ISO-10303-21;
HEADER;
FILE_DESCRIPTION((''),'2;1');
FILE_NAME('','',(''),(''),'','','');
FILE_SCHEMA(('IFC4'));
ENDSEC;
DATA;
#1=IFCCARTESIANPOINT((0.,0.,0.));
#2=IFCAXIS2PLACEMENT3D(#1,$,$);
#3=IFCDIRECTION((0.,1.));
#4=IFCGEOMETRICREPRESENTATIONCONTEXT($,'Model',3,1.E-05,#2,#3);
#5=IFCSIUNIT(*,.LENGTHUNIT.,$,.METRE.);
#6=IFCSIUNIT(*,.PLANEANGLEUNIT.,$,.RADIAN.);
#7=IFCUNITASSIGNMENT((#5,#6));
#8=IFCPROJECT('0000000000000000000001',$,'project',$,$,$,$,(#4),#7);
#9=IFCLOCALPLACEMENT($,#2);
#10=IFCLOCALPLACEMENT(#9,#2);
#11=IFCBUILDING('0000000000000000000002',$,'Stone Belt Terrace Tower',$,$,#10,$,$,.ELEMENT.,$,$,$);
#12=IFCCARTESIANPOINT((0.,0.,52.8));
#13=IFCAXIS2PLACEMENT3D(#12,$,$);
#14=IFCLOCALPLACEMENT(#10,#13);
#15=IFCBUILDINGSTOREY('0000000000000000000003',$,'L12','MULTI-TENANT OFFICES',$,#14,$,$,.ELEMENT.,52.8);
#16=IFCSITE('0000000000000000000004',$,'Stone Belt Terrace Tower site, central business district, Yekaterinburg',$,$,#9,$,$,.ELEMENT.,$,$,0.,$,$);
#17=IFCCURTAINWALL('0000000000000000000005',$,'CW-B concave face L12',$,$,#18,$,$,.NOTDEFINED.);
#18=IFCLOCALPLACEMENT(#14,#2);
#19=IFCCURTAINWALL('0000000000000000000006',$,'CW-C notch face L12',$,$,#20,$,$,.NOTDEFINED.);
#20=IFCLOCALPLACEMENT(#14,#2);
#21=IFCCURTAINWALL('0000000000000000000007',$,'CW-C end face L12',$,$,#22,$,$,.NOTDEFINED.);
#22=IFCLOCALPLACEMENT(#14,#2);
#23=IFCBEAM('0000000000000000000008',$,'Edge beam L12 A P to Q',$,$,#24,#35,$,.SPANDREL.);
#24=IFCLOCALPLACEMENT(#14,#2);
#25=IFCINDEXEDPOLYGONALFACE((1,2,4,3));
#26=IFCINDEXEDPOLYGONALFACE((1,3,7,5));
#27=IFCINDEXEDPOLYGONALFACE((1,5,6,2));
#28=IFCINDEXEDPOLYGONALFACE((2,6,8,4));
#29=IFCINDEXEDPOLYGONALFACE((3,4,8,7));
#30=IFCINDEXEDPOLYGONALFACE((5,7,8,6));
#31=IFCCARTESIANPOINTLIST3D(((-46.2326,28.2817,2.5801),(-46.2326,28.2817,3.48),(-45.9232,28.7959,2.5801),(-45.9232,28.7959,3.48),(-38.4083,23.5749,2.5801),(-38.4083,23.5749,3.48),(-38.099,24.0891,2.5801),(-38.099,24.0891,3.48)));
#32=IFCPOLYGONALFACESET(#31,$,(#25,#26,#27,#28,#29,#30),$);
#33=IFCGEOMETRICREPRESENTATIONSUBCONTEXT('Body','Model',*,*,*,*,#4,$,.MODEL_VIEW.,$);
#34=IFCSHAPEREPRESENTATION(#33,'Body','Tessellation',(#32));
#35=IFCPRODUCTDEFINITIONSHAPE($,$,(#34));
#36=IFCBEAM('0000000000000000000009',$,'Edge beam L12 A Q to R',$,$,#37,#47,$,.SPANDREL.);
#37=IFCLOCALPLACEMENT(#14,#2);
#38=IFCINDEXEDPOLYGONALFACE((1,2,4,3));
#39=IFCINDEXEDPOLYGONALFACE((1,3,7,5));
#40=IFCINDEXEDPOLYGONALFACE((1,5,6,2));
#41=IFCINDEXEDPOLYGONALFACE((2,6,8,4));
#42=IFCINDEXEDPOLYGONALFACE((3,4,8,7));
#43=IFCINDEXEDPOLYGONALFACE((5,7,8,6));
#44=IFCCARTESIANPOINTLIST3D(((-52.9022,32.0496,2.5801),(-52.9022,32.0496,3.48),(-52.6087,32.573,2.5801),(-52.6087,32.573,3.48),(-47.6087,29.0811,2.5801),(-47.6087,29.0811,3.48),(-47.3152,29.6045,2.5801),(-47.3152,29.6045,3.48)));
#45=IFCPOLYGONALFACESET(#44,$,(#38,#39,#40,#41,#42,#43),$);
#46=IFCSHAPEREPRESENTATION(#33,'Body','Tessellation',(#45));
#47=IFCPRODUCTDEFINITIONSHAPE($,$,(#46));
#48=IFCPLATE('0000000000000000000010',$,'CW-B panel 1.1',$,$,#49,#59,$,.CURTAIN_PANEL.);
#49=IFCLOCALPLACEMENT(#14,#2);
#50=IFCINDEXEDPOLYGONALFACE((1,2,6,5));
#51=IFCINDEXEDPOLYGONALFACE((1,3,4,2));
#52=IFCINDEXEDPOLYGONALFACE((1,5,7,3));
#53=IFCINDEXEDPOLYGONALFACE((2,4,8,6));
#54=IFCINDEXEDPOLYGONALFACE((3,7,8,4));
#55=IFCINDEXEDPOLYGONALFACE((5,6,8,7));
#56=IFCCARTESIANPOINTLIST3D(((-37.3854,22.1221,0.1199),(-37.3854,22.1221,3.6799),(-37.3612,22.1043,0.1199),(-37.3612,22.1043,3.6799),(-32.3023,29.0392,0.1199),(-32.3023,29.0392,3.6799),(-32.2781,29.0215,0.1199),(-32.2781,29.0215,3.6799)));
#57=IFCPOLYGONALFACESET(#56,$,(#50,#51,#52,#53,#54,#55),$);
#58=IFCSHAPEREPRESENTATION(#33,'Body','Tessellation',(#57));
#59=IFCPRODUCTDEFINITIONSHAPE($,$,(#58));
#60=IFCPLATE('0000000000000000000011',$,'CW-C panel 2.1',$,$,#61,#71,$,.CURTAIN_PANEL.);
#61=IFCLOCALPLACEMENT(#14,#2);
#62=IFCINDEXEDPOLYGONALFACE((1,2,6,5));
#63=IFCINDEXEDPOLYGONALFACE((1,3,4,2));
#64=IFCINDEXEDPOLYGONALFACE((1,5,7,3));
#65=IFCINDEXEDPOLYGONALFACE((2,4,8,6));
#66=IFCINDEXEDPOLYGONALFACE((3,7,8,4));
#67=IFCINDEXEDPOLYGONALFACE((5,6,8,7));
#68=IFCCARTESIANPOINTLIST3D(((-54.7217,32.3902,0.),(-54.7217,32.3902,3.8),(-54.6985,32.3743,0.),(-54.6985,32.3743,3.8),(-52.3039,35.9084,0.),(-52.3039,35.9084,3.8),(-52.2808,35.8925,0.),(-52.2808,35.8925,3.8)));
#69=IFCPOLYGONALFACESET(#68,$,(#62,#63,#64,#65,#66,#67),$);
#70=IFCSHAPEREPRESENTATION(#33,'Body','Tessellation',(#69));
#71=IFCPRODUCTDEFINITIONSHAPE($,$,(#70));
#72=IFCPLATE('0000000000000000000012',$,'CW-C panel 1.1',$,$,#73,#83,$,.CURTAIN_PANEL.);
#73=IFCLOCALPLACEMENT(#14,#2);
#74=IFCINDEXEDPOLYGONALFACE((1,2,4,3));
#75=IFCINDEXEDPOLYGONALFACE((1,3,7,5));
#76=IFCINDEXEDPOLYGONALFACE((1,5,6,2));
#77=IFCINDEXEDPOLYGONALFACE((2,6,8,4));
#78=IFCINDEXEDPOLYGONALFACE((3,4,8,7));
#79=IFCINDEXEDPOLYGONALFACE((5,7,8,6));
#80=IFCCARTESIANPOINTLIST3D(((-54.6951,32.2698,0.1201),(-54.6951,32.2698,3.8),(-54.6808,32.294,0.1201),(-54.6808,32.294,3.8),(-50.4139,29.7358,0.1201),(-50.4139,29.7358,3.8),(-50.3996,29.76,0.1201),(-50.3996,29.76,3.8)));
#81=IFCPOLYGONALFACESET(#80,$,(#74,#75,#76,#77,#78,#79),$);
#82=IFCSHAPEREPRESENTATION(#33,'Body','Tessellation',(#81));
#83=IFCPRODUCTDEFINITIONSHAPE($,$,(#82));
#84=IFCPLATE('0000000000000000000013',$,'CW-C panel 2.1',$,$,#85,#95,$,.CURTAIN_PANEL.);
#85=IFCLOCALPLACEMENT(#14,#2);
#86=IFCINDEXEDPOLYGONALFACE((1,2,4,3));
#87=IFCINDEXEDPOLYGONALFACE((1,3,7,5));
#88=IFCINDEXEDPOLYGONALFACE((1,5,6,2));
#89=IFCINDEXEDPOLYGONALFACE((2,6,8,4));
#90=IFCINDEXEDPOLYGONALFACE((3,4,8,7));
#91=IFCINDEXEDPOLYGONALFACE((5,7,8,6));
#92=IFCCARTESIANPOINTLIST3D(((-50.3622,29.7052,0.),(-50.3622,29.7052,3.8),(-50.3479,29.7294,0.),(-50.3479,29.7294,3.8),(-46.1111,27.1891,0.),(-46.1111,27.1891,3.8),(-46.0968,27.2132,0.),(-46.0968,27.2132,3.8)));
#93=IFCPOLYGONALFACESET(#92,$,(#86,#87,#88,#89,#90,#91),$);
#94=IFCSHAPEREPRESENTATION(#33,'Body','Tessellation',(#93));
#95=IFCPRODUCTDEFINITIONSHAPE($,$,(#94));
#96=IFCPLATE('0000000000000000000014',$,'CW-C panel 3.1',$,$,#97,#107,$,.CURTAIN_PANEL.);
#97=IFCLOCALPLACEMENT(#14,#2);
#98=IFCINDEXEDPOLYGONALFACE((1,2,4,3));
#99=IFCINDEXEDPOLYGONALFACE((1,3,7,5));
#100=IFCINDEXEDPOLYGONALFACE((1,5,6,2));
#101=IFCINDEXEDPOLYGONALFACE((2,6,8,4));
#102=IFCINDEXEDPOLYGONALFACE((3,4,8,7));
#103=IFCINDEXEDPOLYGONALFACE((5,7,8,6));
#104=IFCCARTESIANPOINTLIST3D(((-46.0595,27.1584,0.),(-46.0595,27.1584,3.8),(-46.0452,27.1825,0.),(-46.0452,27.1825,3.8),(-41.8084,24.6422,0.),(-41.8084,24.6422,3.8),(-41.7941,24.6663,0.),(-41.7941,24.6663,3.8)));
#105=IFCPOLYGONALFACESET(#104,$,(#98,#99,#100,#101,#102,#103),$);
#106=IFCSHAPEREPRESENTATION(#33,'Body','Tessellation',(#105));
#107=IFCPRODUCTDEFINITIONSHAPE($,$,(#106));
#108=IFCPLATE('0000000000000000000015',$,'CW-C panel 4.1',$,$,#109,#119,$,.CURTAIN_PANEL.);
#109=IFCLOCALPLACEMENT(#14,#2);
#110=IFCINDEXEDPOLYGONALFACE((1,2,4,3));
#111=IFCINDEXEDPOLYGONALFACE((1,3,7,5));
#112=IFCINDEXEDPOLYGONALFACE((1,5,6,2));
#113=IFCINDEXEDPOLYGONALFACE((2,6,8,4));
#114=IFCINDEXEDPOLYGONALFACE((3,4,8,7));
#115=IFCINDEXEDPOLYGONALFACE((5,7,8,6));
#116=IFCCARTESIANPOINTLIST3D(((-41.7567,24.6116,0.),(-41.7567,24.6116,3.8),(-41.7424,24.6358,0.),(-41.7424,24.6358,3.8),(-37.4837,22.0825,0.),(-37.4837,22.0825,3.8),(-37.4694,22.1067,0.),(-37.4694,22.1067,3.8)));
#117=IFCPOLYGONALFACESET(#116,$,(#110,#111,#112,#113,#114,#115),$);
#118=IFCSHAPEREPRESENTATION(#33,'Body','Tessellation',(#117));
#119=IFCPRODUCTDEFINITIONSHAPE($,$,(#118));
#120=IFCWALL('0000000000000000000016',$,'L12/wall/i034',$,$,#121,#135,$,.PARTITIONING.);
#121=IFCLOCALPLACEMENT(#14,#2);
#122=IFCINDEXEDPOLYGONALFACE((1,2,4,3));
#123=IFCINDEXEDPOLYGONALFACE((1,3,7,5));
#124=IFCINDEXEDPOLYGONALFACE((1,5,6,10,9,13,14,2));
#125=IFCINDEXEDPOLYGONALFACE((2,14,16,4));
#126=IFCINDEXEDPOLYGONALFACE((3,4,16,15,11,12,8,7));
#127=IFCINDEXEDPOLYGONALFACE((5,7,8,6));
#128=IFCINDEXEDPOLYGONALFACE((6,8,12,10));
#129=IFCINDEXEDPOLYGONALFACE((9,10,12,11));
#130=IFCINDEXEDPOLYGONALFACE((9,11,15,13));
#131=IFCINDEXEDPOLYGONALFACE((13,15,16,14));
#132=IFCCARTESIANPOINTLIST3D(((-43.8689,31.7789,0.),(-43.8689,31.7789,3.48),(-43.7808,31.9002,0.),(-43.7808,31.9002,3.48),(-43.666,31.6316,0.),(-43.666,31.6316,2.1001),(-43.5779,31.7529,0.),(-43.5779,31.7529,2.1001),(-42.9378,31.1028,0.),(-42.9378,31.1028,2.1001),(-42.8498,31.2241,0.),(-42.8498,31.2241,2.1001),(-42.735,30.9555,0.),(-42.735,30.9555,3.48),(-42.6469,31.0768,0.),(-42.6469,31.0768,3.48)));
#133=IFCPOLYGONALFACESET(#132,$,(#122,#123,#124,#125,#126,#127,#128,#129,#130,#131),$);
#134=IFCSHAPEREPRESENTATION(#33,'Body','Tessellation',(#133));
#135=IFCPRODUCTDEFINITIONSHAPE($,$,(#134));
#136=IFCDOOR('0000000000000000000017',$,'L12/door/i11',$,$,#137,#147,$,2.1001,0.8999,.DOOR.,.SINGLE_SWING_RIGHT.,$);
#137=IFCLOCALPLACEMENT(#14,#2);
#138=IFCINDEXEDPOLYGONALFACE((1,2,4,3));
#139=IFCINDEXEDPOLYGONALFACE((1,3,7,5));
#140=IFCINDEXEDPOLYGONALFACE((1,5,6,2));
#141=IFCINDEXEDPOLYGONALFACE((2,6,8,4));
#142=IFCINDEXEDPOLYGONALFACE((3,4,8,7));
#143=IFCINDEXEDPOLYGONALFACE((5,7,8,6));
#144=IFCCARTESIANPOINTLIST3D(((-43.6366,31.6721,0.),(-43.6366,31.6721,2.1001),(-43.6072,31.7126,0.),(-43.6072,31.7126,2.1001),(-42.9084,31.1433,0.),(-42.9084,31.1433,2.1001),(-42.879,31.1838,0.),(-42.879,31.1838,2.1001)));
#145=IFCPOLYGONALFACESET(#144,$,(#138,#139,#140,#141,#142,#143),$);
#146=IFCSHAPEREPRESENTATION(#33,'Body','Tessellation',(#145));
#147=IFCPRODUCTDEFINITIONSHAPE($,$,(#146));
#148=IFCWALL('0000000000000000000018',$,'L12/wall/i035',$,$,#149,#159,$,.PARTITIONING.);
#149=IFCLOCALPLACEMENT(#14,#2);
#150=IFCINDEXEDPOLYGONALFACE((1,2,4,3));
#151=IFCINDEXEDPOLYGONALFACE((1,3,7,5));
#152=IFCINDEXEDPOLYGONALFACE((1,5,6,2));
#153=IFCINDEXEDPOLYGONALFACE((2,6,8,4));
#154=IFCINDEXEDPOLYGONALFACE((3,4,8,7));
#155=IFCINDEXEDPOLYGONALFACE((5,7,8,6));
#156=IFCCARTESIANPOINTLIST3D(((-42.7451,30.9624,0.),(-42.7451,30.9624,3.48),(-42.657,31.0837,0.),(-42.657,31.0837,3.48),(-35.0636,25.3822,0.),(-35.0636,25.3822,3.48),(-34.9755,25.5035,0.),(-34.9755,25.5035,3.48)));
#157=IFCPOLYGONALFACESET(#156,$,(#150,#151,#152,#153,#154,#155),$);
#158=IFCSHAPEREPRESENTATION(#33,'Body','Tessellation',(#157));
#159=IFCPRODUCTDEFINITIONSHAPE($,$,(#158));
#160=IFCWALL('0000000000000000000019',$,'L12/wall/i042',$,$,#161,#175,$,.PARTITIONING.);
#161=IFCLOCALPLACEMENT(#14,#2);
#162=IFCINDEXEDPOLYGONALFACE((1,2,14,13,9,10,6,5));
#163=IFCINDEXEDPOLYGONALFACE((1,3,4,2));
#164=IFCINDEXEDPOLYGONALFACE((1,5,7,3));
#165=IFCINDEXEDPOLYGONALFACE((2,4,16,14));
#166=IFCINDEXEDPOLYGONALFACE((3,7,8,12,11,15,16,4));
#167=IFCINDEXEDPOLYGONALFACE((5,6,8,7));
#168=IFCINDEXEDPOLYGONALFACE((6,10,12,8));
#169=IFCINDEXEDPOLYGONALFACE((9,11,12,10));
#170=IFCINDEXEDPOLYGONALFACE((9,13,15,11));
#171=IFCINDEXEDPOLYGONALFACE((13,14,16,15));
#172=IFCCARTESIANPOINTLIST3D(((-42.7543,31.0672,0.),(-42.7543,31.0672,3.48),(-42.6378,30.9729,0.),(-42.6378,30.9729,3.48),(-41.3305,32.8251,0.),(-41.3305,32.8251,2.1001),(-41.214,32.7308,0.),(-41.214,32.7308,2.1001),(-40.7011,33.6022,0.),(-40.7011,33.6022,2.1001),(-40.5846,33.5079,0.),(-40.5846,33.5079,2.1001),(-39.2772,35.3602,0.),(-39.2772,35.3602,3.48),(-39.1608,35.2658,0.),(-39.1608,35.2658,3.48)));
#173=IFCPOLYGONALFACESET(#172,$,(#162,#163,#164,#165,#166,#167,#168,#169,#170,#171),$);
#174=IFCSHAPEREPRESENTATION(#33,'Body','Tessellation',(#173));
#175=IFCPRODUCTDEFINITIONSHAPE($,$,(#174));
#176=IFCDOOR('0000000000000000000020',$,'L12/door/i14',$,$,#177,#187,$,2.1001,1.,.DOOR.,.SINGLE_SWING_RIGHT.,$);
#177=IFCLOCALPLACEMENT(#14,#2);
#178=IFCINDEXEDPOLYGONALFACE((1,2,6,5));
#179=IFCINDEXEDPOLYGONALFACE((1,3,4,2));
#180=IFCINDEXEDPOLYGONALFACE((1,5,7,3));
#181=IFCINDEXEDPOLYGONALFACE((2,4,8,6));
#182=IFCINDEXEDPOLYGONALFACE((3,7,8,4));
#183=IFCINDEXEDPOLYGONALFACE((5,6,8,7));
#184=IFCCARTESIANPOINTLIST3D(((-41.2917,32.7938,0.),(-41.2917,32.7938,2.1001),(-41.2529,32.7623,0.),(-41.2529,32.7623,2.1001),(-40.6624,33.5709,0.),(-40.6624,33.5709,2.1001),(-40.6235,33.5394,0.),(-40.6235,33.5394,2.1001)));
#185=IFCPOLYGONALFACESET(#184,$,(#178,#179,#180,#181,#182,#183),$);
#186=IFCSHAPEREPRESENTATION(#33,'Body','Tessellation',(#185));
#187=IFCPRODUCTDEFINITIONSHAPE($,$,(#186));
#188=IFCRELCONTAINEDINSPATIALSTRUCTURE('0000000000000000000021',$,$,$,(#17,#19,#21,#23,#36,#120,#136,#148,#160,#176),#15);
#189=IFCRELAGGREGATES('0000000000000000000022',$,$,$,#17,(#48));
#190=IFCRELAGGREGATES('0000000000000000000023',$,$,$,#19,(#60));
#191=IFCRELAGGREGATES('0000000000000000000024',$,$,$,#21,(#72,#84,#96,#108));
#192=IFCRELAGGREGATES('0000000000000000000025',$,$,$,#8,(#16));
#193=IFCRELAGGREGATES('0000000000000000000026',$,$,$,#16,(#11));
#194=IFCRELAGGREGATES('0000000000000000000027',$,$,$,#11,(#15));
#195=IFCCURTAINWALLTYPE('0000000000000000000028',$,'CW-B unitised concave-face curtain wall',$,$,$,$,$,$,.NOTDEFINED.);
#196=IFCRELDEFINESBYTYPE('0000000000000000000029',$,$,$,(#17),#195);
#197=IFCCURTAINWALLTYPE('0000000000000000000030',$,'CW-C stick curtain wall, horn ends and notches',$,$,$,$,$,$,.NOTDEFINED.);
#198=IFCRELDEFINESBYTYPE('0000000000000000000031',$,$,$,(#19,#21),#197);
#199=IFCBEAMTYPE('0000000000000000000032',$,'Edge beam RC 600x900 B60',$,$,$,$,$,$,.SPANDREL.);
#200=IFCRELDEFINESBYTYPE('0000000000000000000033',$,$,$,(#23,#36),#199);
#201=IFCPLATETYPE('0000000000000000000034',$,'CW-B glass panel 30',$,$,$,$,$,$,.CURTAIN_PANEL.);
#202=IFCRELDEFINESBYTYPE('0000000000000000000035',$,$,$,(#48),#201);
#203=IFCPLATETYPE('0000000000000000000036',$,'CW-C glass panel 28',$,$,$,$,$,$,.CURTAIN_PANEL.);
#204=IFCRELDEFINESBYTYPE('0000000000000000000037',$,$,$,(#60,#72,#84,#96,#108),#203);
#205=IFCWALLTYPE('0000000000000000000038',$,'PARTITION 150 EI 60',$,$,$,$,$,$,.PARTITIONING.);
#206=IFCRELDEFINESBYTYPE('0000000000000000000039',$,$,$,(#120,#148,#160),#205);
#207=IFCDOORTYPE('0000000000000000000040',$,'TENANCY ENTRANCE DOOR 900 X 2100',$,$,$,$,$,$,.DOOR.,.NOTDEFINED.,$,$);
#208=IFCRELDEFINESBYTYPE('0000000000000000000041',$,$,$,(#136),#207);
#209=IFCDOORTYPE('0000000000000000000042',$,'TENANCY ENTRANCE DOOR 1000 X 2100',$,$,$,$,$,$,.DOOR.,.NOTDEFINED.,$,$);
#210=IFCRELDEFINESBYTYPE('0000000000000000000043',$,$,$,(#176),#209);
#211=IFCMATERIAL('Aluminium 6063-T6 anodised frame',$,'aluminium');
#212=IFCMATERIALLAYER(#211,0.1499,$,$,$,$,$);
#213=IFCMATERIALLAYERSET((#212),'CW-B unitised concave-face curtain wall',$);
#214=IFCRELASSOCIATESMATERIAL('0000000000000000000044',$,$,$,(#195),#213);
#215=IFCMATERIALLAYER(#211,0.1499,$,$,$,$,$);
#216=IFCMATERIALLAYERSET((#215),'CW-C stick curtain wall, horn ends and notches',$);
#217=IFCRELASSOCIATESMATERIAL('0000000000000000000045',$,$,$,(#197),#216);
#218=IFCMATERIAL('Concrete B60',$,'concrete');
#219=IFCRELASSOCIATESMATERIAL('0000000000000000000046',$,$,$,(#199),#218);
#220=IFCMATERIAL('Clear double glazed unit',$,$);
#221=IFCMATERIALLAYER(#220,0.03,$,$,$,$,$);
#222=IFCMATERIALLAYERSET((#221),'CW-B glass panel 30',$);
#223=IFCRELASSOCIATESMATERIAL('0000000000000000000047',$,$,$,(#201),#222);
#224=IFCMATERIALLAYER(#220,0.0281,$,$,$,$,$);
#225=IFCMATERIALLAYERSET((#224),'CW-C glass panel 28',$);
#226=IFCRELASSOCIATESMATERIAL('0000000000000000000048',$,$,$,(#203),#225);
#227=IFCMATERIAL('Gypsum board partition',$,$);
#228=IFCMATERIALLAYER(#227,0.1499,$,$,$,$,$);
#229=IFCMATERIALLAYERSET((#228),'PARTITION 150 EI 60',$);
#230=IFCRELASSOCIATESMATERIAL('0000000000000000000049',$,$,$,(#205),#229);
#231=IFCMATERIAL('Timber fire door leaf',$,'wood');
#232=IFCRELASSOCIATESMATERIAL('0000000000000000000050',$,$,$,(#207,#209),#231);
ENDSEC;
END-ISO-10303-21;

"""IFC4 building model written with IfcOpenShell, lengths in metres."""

from ifc_helpers import new_model, si_unit, direction, frame, frame_2d, origin, origin_2d, place, context, subcontext, project, spatial, rectangle, extrude, material, layer, layer_set, material_profile, profile_set, type_object, element, fill, aggregate, save


model = new_model("IFC4")

# Units and contexts
model_context = context("Model", 3, precision=1e-05, world=origin(), true_north=direction((0.0, 1.0)))
body_context = subcontext(model_context, "Body", "Model", "MODEL_VIEW")
ifc_project = project(units=[si_unit("LENGTHUNIT", "METRE"), si_unit("PLANEANGLEUNIT", "RADIAN")], contexts=[model_context])

# Site, building, storey
site_placement = place(None, origin())
site = spatial("IfcSite", under=ifc_project, at=site_placement, Name="Stone Belt Terrace Tower site, central business district, Yekaterinburg", CompositionType="ELEMENT", RefElevation=0.0)
building_placement = place(site_placement, origin())
building = spatial("IfcBuilding", under=site, at=building_placement, Name="Stone Belt Terrace Tower", CompositionType="ELEMENT")
storey_placement = place(building_placement, frame((0.0, 0.0, 52.8)))
storey = spatial("IfcBuildingStorey", under=building, at=storey_placement, Name="L12", Description="MULTI-TENANT OFFICES", CompositionType="ELEMENT", Elevation=52.8)

# Curtain wall
ifc_material_1 = material(Name="Aluminium 6063-T6 anodised frame", Category="aluminium")
ifc_layer_1 = layer(ifc_material_1, 0.1499)
ifc_layer_set_1 = layer_set([ifc_layer_1], Name="CW-B unitised concave-face curtain wall")
curtain_wall_type_1 = type_object("IfcCurtainWallType", Name="CW-B unitised concave-face curtain wall", PredefinedType="NOTDEFINED", material=ifc_layer_set_1)
curtain_wall_1_placement = place(storey_placement, origin())
curtain_wall_1 = element("IfcCurtainWall", 1, at=curtain_wall_1_placement, inside=storey, type_object=curtain_wall_type_1, Name="CW-B concave face L12", PredefinedType="NOTDEFINED")

# Curtain wall
ifc_layer_2 = layer(ifc_material_1, 0.1499)
ifc_layer_set_2 = layer_set([ifc_layer_2], Name="CW-C stick curtain wall, horn ends and notches")
curtain_wall_type_2 = type_object("IfcCurtainWallType", Name="CW-C stick curtain wall, horn ends and notches", PredefinedType="NOTDEFINED", material=ifc_layer_set_2)
curtain_wall_2_placement = place(storey_placement, origin())
curtain_wall_2 = element("IfcCurtainWall", 2, at=curtain_wall_2_placement, inside=storey, type_object=curtain_wall_type_2, Name="CW-C notch face L12", PredefinedType="NOTDEFINED")

# Curtain wall
curtain_wall_3_placement = place(storey_placement, origin())
curtain_wall_3 = element("IfcCurtainWall", 3, at=curtain_wall_3_placement, inside=storey, type_object=curtain_wall_type_2, Name="CW-C end face L12", PredefinedType="NOTDEFINED")

# Beams
ifc_material_2 = material(Name="Concrete B60", Category="concrete")
ifc_material_profile_1 = material_profile(ifc_material_2, rectangle(XDim=0.6001, YDim=0.8999, at=origin_2d()), Name="RC 600x900")
ifc_profile_set_1 = profile_set([ifc_material_profile_1], Name="Concrete B60")
beam_type = type_object("IfcBeamType", Name="Edge beam RC 600x900 B60", PredefinedType="SPANDREL", material=ifc_profile_set_1)
beam_1_placement = place(storey_placement, frame((-38.2537, 23.832, 3.03), z_axis=(-0.8569, 0.515482, 0.0), x_axis=(-0.515482, -0.8569, 0.0)))
element("IfcBeam", 4, at=beam_1_placement, inside=storey, type_object=beam_type, Name="Edge beam L12 A P to Q", PredefinedType="SPANDREL", context=body_context, shape_type="SweptSolid", body=[
    extrude(rectangle(XDim=0.6001, YDim=0.8999, at=origin_2d()), origin(), (0.0, 0.0, 1.0), 9.1309),
])
beam_2_placement = place(storey_placement, frame((-47.4619, 29.3428, 3.03), z_axis=(-0.872213, 0.489126, 0.0), x_axis=(-0.489126, -0.872213, 0.0)))
element("IfcBeam", 5, at=beam_2_placement, inside=storey, type_object=beam_type, Name="Edge beam L12 A Q to R", PredefinedType="SPANDREL", context=body_context, shape_type="SweptSolid", body=[
    extrude(rectangle(XDim=0.6001, YDim=0.8999, at=origin_2d()), origin(), (0.0, 0.0, 1.0), 6.0691),
])

# Plates
ifc_material_3 = material(Name="Clear double glazed unit")
ifc_layer_3 = layer(ifc_material_3, 0.03)
ifc_layer_set_3 = layer_set([ifc_layer_3], Name="CW-B glass panel 30")
plate_type_1 = type_object("IfcPlateType", Name="CW-B glass panel 30", PredefinedType="CURTAIN_PANEL", material=ifc_layer_set_3)
plate_1_placement = place(storey_placement, frame((-34.8318, 25.5718, 0.1199), z_axis=(0.0, 0.0, 1.0), x_axis=(0.592159, 0.805821, 0.0)))
plate_1 = element("IfcPlate", 6, at=plate_1_placement, type_object=plate_type_1, Name="CW-B panel 1.1", PredefinedType="CURTAIN_PANEL", context=body_context, shape_type="SweptSolid", body=[
    extrude(rectangle(XDim=8.584, YDim=0.03, at=origin_2d()), origin(), (0.0, 0.0, 1.0), 3.5601),
])
aggregate(curtain_wall_1, [plate_1])
ifc_layer_4 = layer(ifc_material_3, 0.0281)
ifc_layer_set_4 = layer_set([ifc_layer_4], Name="CW-C glass panel 28")
plate_type_2 = type_object("IfcPlateType", Name="CW-C glass panel 28", PredefinedType="CURTAIN_PANEL", material=ifc_layer_set_4)
plate_2_placement = place(storey_placement, frame((-53.5012, 34.1414, 0.0), z_axis=(0.0, 0.0, 1.0), x_axis=(-0.566376, -0.824147, 0.0)))
plate_2 = element("IfcPlate", 7, at=plate_2_placement, type_object=plate_type_2, Name="CW-C panel 2.1", PredefinedType="CURTAIN_PANEL", context=body_context, shape_type="SweptSolid", body=[
    extrude(rectangle(XDim=4.2688, YDim=0.0281, at=origin_2d()), origin(), (0.0, 0.0, 1.0), 3.8),
])
aggregate(curtain_wall_2, [plate_2])
plate_3_placement = place(storey_placement, frame((-52.5474, 31.0149, 0.1201), z_axis=(0.0, 0.0, 1.0), x_axis=(0.860558, -0.509353, 0.0)))
plate_3 = element("IfcPlate", 8, at=plate_3_placement, type_object=plate_type_2, Name="CW-C panel 1.1", PredefinedType="CURTAIN_PANEL", context=body_context, shape_type="SweptSolid", body=[
    extrude(rectangle(XDim=4.9749, YDim=0.0281, at=origin_2d()), origin(), (0.0, 0.0, 1.0), 3.6799),
])
plate_4_placement = place(storey_placement, frame((-48.2295, 28.4592, 0.0), z_axis=(0.0, 0.0, 1.0), x_axis=(0.860558, -0.509353, 0.0)))
plate_4 = element("IfcPlate", 9, at=plate_4_placement, type_object=plate_type_2, Name="CW-C panel 2.1", PredefinedType="CURTAIN_PANEL", context=body_context, shape_type="SweptSolid", body=[
    extrude(rectangle(XDim=4.9399, YDim=0.0281, at=origin_2d()), origin(), (0.0, 0.0, 1.0), 3.8),
])
plate_5_placement = place(storey_placement, frame((-43.9268, 25.9124, 0.0), z_axis=(0.0, 0.0, 1.0), x_axis=(0.860558, -0.509353, 0.0)))
plate_5 = element("IfcPlate", 10, at=plate_5_placement, type_object=plate_type_2, Name="CW-C panel 3.1", PredefinedType="CURTAIN_PANEL", context=body_context, shape_type="SweptSolid", body=[
    extrude(rectangle(XDim=4.9399, YDim=0.0281, at=origin_2d()), origin(), (0.0, 0.0, 1.0), 3.8),
])
plate_6_placement = place(storey_placement, frame((-39.613, 23.3591, 0.0), z_axis=(0.0, 0.0, 1.0), x_axis=(0.860558, -0.509353, 0.0)))
plate_6 = element("IfcPlate", 11, at=plate_6_placement, type_object=plate_type_2, Name="CW-C panel 4.1", PredefinedType="CURTAIN_PANEL", context=body_context, shape_type="SweptSolid", body=[
    extrude(rectangle(XDim=4.9653, YDim=0.0281, at=origin_2d()), origin(), (0.0, 0.0, 1.0), 3.8),
])
aggregate(curtain_wall_3, [plate_3, plate_4, plate_5, plate_6])

# Wall, opening, door
ifc_material_4 = material(Name="Gypsum board partition")
ifc_layer_5 = layer(ifc_material_4, 0.1499)
ifc_layer_set_5 = layer_set([ifc_layer_5], Name="PARTITION 150 EI 60")
wall_type = type_object("IfcWallType", Name="PARTITION 150 EI 60", PredefinedType="PARTITIONING", material=ifc_layer_set_5)
wall_1_placement = place(storey_placement, frame((-42.6909, 31.0161, 0.0), z_axis=(0.0, 0.0, 1.0), x_axis=(-0.809165, 0.587581, 0.0)))
wall_1 = element("IfcWall", 12, at=wall_1_placement, inside=storey, type_object=wall_type, Name="L12/wall/i034", PredefinedType="PARTITIONING", context=body_context, shape_type="SweptSolid", body=[
    extrude(rectangle(XDim=1.4014, YDim=0.1499, at=frame_2d((0.7007, 0.0))), origin(), (0.0, 0.0, 1.0), 3.48),
])
opening_1_placement = place(wall_1_placement, frame((0.2507, 0.0, 0.0)))
opening_1 = element("IfcOpeningElement", 13, at=opening_1_placement, cuts=wall_1, PredefinedType="OPENING", context=body_context, shape_type="SweptSolid", body=[
    extrude(rectangle(XDim=0.8999, YDim=2.1001, at=frame_2d((0.45, 1.05))), frame((0.0, 0.085, 0.0), z_axis=(0.0, -1.0, 0.0), x_axis=(1.0, 0.0, 0.0)), (0.0, 0.0, 1.0), 0.1699),
])
ifc_material_5 = material(Name="Timber fire door leaf", Category="wood")
door_type_1 = type_object("IfcDoorType", Name="TENANCY ENTRANCE DOOR 900 X 2100", OperationType="NOTDEFINED", PredefinedType="DOOR", material=ifc_material_5)
door_1_placement = place(opening_1_placement, origin())
door_1 = element("IfcDoor", 14, at=door_1_placement, inside=storey, type_object=door_type_1, Name="L12/door/i11", OperationType="SINGLE_SWING_RIGHT", OverallHeight=2.1001, OverallWidth=0.8999, PredefinedType="DOOR", context=body_context, shape_type="SweptSolid", body=[
    extrude(rectangle(XDim=0.8999, YDim=2.1001, at=frame_2d((0.45, 1.05))), frame((0.0, 0.0249, 0.0), z_axis=(0.0, -1.0, 0.0), x_axis=(1.0, 0.0, 0.0)), (0.0, 0.0, 1.0), 0.05),
])
fill(opening_1, door_1)

# Wall
wall_2_placement = place(storey_placement, frame((-42.7009, 31.0229, 0.0), z_axis=(0.0, 0.0, 1.0), x_axis=(0.809056, -0.587731, 0.0)))
element("IfcWall", 15, at=wall_2_placement, inside=storey, type_object=wall_type, Name="L12/wall/i035", PredefinedType="PARTITIONING", context=body_context, shape_type="SweptSolid", body=[
    extrude(rectangle(XDim=9.4944, YDim=0.1499, at=frame_2d((4.7471, 0.0))), origin(), (0.0, 0.0, 1.0), 3.48),
])

# Wall, opening, door
wall_3_placement = place(storey_placement, frame((-39.219, 35.313, 0.0), z_axis=(0.0, 0.0, 1.0), x_axis=(-0.629394, -0.777086, 0.0)))
wall_3 = element("IfcWall", 16, at=wall_3_placement, inside=storey, type_object=wall_type, Name="L12/wall/i042", PredefinedType="PARTITIONING", context=body_context, shape_type="SweptSolid", body=[
    extrude(rectangle(XDim=5.5244, YDim=0.1499, at=frame_2d((2.7622, 0.0))), origin(), (0.0, 0.0, 1.0), 3.48),
])
opening_2_placement = place(wall_3_placement, frame((2.2622, 0.0, 0.0)))
opening_2 = element("IfcOpeningElement", 17, at=opening_2_placement, cuts=wall_3, PredefinedType="OPENING", context=body_context, shape_type="SweptSolid", body=[
    extrude(rectangle(XDim=1.0, YDim=2.1001, at=frame_2d((0.5, 1.05))), frame((0.0, 0.085, 0.0), z_axis=(0.0, -1.0, 0.0), x_axis=(1.0, 0.0, 0.0)), (0.0, 0.0, 1.0), 0.1699),
])
door_type_2 = type_object("IfcDoorType", Name="TENANCY ENTRANCE DOOR 1000 X 2100", OperationType="NOTDEFINED", PredefinedType="DOOR", material=ifc_material_5)
door_2_placement = place(opening_2_placement, origin())
door_2 = element("IfcDoor", 18, at=door_2_placement, inside=storey, type_object=door_type_2, Name="L12/door/i14", OperationType="SINGLE_SWING_RIGHT", OverallHeight=2.1001, OverallWidth=1.0, PredefinedType="DOOR", context=body_context, shape_type="SweptSolid", body=[
    extrude(rectangle(XDim=1.0, YDim=2.1001, at=frame_2d((0.5, 1.05))), frame((0.0, 0.0249, 0.0), z_axis=(0.0, -1.0, 0.0), x_axis=(1.0, 0.0, 0.0)), (0.0, 0.0, 1.0), 0.05),
])
fill(opening_2, door_2)

save(model, "model.ifc")
